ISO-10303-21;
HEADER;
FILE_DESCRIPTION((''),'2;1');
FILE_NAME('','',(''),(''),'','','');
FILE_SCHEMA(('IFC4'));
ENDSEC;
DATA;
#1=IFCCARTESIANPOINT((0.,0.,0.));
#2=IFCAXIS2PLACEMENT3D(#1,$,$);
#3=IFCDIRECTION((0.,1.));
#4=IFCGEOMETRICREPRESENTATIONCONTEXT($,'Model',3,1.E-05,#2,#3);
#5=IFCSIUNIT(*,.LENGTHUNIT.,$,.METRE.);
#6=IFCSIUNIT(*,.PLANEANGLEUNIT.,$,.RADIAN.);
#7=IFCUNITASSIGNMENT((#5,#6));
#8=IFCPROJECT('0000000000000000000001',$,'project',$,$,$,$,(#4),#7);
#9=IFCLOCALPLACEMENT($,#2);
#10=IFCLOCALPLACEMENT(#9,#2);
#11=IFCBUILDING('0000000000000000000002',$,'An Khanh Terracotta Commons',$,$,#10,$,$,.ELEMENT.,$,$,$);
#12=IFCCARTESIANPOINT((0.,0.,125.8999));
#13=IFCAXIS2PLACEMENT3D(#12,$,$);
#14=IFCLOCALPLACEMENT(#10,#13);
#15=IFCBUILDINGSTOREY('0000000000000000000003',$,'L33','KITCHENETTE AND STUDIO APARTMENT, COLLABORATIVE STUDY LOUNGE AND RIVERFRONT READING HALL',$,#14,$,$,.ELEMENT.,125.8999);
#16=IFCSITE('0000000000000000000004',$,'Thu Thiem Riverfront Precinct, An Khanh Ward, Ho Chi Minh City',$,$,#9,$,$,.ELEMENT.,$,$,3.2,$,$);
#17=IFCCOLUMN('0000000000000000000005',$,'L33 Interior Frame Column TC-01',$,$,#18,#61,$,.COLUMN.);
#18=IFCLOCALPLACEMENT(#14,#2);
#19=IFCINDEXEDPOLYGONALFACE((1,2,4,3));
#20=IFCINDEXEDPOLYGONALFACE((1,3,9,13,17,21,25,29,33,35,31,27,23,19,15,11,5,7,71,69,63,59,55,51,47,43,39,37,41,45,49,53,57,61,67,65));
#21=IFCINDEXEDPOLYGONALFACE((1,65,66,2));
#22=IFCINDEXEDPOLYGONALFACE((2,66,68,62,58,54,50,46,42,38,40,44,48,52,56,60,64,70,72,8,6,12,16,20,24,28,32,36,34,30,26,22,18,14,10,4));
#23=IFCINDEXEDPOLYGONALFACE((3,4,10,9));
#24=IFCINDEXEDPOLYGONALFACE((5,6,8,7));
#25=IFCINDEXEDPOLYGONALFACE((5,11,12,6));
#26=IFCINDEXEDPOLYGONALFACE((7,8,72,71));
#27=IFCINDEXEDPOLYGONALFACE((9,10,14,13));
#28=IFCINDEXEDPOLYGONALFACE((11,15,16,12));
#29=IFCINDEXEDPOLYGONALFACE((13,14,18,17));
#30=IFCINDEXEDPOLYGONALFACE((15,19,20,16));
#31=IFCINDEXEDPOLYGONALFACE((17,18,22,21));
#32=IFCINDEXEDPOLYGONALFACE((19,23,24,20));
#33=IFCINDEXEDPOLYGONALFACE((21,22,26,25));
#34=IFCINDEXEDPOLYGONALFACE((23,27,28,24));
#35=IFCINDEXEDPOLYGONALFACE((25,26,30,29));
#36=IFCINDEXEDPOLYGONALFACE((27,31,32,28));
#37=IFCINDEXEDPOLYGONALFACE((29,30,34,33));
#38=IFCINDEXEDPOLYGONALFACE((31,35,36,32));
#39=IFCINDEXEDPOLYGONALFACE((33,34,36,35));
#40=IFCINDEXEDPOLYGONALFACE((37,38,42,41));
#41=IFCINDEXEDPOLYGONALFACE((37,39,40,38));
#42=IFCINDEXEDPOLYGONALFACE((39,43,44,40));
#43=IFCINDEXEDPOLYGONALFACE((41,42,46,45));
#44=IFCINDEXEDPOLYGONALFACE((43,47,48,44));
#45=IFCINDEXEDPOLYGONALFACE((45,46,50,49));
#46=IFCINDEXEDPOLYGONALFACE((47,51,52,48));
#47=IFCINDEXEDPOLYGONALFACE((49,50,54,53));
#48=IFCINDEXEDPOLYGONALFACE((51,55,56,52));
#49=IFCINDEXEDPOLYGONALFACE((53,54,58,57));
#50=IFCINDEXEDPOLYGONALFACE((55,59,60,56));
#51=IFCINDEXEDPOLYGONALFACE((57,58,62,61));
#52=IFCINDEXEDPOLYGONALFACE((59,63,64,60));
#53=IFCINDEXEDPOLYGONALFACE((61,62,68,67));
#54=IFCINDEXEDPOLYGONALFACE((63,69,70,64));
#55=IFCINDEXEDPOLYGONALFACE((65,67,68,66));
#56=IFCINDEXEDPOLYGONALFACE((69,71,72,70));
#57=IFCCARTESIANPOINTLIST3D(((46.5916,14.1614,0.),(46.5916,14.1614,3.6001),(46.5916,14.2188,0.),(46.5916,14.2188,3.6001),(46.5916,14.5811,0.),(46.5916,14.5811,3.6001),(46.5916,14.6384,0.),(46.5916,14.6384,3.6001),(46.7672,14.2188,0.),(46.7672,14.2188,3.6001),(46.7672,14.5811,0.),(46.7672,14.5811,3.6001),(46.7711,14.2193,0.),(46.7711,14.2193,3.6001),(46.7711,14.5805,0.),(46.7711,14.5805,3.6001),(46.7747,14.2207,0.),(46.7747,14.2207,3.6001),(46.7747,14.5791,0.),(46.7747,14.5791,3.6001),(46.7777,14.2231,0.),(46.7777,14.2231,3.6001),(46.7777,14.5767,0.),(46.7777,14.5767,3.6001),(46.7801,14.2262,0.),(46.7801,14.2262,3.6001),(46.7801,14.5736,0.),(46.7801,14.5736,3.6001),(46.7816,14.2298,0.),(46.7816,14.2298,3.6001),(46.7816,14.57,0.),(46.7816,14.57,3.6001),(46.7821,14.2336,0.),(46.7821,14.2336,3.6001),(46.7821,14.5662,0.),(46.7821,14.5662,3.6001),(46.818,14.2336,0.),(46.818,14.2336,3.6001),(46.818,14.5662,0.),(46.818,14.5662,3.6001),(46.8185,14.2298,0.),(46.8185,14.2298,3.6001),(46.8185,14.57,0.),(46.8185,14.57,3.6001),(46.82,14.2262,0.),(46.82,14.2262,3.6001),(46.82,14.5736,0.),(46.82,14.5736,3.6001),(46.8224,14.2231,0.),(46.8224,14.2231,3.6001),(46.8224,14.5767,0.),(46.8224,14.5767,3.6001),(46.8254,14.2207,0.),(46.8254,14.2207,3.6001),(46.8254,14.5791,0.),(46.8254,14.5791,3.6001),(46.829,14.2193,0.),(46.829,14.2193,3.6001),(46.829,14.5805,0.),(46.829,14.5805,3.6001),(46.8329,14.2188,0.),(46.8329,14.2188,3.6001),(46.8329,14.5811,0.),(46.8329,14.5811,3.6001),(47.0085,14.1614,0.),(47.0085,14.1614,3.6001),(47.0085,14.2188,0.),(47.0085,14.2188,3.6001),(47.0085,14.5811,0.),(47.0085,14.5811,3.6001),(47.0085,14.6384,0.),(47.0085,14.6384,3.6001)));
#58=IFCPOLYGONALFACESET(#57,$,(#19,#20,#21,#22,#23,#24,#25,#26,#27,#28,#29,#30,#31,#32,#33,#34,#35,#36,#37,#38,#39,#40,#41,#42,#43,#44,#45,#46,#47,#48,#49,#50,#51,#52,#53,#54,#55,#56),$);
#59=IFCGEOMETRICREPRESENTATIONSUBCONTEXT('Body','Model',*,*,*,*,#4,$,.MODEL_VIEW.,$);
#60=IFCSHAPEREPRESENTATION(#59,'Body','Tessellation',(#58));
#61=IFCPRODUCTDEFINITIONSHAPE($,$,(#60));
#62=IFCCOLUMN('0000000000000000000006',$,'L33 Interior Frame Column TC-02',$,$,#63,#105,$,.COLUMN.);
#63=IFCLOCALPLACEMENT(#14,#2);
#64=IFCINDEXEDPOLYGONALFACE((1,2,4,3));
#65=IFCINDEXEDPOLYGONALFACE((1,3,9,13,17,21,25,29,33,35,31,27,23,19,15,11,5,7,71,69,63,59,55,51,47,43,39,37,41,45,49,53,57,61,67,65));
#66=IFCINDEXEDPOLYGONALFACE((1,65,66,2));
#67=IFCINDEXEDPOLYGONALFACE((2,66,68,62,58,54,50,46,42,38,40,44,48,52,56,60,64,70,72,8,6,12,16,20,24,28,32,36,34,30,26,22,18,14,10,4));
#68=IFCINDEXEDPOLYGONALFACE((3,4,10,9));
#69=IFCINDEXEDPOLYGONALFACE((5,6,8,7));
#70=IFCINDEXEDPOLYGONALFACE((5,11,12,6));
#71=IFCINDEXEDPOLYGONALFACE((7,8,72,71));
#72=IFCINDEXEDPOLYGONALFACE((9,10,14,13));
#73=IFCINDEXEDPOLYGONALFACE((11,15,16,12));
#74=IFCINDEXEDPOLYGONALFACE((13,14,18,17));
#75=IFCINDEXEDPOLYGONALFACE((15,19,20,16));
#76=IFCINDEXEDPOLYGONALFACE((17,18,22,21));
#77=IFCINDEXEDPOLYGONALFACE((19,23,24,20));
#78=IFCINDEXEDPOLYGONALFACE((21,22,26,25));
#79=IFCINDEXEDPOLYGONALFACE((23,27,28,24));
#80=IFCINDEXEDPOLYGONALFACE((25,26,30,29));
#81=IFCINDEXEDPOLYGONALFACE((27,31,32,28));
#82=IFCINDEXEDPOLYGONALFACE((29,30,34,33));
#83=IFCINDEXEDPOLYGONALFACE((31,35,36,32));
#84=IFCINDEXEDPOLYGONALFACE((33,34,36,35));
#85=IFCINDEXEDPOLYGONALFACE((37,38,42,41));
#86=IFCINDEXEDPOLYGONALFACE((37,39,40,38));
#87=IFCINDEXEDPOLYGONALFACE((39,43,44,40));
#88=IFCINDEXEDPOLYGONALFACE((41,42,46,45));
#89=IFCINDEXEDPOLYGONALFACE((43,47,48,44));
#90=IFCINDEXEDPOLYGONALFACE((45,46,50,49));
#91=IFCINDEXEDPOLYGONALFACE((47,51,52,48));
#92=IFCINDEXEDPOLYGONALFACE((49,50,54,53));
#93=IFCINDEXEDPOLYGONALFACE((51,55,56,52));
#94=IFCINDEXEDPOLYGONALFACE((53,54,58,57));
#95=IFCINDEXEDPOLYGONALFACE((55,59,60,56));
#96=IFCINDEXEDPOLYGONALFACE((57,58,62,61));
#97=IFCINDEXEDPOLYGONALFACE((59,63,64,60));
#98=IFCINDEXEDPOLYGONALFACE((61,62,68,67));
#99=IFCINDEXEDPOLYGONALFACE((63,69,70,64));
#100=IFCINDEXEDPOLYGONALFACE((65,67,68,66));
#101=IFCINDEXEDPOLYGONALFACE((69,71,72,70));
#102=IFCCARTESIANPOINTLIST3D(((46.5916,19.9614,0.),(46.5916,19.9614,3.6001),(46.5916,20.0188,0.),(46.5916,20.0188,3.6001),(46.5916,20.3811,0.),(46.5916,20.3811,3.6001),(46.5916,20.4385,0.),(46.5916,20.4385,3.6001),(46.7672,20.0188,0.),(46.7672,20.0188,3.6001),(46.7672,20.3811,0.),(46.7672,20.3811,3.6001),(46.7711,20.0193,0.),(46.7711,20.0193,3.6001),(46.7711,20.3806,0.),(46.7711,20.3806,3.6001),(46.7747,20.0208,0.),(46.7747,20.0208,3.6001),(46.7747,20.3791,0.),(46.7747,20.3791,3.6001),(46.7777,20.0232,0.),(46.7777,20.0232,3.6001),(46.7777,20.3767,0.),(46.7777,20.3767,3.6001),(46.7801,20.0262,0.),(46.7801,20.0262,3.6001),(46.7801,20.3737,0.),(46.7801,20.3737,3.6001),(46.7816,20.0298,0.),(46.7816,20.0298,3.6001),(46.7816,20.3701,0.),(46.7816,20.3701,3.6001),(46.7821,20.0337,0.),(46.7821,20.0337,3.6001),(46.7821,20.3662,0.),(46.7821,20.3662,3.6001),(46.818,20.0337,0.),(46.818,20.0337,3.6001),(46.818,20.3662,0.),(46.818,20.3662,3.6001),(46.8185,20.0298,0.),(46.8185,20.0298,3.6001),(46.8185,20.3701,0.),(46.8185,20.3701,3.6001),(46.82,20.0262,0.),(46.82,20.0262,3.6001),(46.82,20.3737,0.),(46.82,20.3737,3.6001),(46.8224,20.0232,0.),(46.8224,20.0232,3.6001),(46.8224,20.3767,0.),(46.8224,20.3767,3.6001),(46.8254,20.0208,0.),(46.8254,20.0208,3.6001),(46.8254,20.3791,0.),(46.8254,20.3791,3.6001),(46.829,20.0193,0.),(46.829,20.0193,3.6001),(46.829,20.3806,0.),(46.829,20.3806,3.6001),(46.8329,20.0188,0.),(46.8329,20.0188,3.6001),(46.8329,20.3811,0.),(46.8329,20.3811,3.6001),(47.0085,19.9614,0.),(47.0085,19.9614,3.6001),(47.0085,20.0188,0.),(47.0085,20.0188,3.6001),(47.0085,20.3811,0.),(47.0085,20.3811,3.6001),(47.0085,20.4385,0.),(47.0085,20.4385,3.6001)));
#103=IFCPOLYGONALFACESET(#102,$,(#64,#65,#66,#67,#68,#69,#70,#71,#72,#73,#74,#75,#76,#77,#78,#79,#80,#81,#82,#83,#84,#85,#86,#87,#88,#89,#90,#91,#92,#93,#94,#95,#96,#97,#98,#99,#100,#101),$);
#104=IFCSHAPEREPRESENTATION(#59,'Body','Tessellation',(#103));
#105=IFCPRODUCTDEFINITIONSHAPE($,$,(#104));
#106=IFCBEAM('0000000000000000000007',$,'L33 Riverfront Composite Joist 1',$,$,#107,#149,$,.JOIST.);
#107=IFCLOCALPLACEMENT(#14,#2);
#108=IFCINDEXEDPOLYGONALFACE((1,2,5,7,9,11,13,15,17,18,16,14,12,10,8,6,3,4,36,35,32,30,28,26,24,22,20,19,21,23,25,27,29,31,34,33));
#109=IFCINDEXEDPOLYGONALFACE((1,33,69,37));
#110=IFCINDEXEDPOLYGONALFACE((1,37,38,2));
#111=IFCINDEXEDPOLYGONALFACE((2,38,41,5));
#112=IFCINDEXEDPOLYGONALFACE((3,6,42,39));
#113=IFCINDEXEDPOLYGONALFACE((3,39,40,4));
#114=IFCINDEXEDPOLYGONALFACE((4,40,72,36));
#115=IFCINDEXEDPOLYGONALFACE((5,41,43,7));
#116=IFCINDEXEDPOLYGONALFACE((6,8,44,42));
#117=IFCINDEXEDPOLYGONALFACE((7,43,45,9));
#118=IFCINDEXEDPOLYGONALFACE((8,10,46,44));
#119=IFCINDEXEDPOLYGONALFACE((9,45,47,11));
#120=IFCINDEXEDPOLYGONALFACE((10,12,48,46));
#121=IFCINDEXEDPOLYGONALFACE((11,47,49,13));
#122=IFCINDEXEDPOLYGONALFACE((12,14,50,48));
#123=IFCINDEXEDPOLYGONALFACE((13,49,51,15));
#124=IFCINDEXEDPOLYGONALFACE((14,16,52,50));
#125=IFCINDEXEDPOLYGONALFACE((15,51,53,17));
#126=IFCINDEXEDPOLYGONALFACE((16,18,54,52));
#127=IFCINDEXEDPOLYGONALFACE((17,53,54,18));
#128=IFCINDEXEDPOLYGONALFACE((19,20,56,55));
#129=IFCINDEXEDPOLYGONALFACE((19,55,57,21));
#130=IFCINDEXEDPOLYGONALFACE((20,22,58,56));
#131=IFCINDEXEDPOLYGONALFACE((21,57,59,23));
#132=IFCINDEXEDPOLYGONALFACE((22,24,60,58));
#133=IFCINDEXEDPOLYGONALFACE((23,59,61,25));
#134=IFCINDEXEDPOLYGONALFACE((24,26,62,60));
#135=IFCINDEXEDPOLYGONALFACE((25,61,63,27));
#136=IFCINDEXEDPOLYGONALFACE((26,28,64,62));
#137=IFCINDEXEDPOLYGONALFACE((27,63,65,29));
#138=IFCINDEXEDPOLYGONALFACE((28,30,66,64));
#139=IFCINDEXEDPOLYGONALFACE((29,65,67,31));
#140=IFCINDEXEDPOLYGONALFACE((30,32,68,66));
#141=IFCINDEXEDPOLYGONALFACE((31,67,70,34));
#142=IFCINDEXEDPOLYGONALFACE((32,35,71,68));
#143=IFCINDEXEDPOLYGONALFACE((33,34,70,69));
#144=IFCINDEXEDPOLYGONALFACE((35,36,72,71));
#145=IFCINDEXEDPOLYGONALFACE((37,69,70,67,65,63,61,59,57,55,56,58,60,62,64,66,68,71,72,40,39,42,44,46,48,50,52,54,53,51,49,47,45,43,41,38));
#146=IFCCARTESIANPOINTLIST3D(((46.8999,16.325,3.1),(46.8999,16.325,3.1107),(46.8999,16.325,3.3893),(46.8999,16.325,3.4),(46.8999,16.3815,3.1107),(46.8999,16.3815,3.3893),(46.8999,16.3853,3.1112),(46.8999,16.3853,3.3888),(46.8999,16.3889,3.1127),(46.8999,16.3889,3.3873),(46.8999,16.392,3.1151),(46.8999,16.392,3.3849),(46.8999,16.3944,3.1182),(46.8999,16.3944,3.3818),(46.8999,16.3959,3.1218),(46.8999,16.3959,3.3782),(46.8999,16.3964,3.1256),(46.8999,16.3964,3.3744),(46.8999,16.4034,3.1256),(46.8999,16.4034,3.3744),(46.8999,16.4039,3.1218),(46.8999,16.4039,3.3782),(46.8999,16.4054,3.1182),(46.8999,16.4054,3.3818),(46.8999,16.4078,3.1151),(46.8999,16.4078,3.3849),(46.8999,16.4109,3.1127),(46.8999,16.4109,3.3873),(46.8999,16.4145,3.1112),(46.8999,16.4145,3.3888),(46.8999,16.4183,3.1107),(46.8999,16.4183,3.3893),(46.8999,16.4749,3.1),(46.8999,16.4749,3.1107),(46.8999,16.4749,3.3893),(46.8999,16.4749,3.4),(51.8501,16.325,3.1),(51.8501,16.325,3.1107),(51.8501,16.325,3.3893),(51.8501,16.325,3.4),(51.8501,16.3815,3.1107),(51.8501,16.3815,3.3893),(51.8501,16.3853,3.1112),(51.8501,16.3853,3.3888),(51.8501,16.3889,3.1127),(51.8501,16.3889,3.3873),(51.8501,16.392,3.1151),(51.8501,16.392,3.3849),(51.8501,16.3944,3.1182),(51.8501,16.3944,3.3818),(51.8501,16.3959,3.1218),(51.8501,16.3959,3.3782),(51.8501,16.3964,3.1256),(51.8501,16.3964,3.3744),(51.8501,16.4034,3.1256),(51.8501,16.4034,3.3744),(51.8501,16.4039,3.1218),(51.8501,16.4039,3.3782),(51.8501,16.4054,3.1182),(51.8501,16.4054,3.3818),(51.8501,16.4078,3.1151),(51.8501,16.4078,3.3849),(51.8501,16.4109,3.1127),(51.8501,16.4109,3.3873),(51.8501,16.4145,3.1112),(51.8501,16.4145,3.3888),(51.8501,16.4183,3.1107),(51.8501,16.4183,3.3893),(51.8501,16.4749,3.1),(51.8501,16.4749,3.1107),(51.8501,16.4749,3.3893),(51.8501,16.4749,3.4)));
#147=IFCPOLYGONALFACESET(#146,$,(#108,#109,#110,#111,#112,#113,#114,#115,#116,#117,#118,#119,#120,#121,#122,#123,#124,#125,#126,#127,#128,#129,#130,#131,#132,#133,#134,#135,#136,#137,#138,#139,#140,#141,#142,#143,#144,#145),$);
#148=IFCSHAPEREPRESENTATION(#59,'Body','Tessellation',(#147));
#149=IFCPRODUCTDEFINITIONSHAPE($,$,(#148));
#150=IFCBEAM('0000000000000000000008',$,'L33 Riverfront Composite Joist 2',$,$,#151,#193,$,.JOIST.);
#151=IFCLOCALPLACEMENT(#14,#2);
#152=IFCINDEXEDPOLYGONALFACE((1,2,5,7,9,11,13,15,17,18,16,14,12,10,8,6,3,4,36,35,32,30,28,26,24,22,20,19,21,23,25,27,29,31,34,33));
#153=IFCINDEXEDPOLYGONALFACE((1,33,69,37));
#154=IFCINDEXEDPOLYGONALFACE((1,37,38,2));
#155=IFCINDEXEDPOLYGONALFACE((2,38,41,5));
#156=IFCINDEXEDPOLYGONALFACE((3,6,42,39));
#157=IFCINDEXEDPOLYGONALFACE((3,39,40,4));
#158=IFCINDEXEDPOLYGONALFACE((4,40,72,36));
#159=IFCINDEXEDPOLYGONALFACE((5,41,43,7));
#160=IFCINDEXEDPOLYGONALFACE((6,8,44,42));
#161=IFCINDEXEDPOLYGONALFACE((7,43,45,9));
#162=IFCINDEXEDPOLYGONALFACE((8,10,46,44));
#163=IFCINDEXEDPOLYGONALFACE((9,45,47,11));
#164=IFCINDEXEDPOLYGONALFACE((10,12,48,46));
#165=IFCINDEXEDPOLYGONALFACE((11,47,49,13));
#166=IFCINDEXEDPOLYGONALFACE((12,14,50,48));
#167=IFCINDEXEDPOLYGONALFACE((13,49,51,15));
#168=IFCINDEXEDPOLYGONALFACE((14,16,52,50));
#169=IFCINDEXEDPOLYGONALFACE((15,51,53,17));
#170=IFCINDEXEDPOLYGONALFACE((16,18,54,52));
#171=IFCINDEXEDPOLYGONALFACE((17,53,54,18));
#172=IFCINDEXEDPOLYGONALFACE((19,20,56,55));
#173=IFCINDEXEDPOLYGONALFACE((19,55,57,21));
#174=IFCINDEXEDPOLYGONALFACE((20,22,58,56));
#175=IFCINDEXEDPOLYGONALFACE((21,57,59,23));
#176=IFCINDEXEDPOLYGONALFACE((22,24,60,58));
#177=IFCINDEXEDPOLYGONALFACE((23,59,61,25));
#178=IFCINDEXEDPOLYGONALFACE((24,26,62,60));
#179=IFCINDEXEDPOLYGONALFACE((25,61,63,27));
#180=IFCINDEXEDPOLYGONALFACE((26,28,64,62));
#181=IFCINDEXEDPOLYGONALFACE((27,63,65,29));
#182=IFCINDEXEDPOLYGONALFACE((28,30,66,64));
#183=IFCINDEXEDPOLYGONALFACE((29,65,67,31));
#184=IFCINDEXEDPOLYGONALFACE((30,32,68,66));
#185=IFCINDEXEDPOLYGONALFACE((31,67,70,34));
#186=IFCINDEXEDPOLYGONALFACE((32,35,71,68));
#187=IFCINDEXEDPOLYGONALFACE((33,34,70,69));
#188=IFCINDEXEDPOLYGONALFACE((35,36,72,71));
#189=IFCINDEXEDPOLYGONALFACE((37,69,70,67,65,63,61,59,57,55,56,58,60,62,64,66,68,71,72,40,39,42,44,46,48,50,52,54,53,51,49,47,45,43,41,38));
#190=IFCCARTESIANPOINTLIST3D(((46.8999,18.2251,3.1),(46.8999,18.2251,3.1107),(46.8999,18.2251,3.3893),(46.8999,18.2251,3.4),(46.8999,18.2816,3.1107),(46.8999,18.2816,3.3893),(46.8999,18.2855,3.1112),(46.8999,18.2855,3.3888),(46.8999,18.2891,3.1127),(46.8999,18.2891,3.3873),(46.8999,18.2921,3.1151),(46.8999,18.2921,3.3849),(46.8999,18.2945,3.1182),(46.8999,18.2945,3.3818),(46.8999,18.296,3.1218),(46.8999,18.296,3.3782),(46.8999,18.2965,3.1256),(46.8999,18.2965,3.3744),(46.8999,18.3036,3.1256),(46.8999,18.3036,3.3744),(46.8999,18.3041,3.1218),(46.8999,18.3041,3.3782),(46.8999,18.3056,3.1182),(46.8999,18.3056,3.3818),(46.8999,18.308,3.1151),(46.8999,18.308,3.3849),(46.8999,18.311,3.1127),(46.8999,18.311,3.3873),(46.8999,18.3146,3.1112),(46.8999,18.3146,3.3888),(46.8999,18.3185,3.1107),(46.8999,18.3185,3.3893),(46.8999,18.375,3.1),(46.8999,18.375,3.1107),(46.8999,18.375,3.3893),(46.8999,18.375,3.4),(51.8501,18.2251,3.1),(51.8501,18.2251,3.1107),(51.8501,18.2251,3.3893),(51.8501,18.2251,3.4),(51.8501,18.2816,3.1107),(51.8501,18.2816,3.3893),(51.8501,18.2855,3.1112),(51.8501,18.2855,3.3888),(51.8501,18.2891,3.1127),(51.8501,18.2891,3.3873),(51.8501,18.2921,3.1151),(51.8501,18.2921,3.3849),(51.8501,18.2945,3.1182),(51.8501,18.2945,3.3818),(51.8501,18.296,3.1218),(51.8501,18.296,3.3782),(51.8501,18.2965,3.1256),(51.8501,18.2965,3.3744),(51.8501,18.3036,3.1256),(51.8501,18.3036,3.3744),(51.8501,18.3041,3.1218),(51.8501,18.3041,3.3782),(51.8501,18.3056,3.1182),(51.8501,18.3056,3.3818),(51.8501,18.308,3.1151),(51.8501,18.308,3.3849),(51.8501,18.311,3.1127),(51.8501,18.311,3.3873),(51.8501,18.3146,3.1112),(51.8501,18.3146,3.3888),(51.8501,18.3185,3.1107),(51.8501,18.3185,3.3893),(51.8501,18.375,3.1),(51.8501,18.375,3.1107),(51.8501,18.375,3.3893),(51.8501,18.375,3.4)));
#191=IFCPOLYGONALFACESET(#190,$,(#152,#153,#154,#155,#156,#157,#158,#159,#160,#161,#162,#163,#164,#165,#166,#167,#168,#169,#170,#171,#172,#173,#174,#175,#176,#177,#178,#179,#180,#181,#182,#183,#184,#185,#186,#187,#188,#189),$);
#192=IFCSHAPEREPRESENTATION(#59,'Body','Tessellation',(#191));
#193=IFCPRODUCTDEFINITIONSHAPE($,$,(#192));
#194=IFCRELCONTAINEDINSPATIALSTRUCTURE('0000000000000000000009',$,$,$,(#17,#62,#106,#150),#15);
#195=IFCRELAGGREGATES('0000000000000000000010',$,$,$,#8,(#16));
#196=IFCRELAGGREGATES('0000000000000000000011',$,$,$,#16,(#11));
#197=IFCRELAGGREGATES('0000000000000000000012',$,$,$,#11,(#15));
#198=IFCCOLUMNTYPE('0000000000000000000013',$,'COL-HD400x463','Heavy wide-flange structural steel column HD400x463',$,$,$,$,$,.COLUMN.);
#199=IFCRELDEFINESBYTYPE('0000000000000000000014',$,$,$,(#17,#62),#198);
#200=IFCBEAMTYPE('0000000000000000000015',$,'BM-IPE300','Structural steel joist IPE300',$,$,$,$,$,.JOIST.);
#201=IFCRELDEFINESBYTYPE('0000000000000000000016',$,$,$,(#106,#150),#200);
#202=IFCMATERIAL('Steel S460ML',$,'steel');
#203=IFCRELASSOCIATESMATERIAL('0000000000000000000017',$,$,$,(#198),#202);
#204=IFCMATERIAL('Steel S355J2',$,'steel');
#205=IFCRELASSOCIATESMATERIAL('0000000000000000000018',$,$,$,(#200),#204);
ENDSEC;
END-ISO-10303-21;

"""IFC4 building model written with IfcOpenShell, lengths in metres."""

from ifc_helpers import new_model, si_unit, direction, frame, origin, origin_2d, place, context, subcontext, project, spatial, i_section, extrude, material, material_profile, profile_set, type_object, element, save


model = new_model("IFC4")

# Units and contexts
model_context = context("Model", 3, precision=1e-05, world=origin(), true_north=direction((0.0, 1.0)))
body_context = subcontext(model_context, "Body", "Model", "MODEL_VIEW")
ifc_project = project(units=[si_unit("LENGTHUNIT", "METRE"), si_unit("PLANEANGLEUNIT", "RADIAN")], contexts=[model_context])

# Site, building, storey
site_placement = place(None, origin())
site = spatial("IfcSite", under=ifc_project, at=site_placement, Name="Thu Thiem Riverfront Precinct, An Khanh Ward, Ho Chi Minh City", CompositionType="ELEMENT", RefElevation=3.2)
building_placement = place(site_placement, origin())
building = spatial("IfcBuilding", under=site, at=building_placement, Name="An Khanh Terracotta Commons", CompositionType="ELEMENT")
storey_placement = place(building_placement, frame((0.0, 0.0, 125.8999)))
storey = spatial("IfcBuildingStorey", under=building, at=storey_placement, Name="L33", Description="KITCHENETTE AND STUDIO APARTMENT, COLLABORATIVE STUDY LOUNGE AND RIVERFRONT READING HALL", CompositionType="ELEMENT", Elevation=125.8999)

# Columns
ifc_material_1 = material(Name="Steel S460ML", Category="steel")
ifc_material_profile_1 = material_profile(ifc_material_1, i_section(OverallWidth=0.417, OverallDepth=0.4771, WebThickness=0.0359, FlangeThickness=0.0574, FilletRadius=0.0149, at=origin_2d()), Name="HD400x463")
ifc_profile_set_1 = profile_set([ifc_material_profile_1], Name="Steel S460ML")
column_type = type_object("IfcColumnType", Name="COL-HD400x463", Description="Heavy wide-flange structural steel column HD400x463", PredefinedType="COLUMN", material=ifc_profile_set_1)
for number, where, z_axis, x_axis, name in (
    (1, (46.8, 14.3999, 0.0), (0.0, 0.0, 1.0), (1.0, 0.0, 0.0), "L33 Interior Frame Column TC-01"),
    (2, (46.8, 20.2, 0.0), (0.0, 0.0, 1.0), (1.0, 0.0, 0.0), "L33 Interior Frame Column TC-02"),
):
    element("IfcColumn", number, at=place(storey_placement, frame(where, z_axis=z_axis, x_axis=x_axis)), inside=storey, type_object=column_type, Name=name, PredefinedType="COLUMN", context=body_context, shape_type="SweptSolid", body=[
        extrude(i_section(OverallWidth=0.417, OverallDepth=0.4771, WebThickness=0.0359, FlangeThickness=0.0574, FilletRadius=0.0149, at=origin_2d()), origin(), (0.0, 0.0, 1.0), 3.6001),
    ])

# Beams
ifc_material_2 = material(Name="Steel S355J2", Category="steel")
ifc_material_profile_2 = material_profile(ifc_material_2, i_section(OverallWidth=0.1499, OverallDepth=0.3, WebThickness=0.0071, FlangeThickness=0.0107, FilletRadius=0.0149, at=origin_2d()), Name="IPE300")
ifc_profile_set_2 = profile_set([ifc_material_profile_2], Name="Steel S355J2")
beam_type_1 = type_object("IfcBeamType", Name="BM-IPE300", Description="Structural steel joist IPE300", PredefinedType="JOIST", material=ifc_profile_set_2)
for number, where, z_axis, x_axis, name in (
    (3, (46.8999, 16.3999, 3.25), (1.0, 0.0, 0.0), (0.0, 1.0, 0.0), "L33 Riverfront Composite Joist 1"),
    (4, (46.8999, 18.3, 3.25), (1.0, 0.0, 0.0), (0.0, 1.0, 0.0), "L33 Riverfront Composite Joist 2"),
):
    element("IfcBeam", number, at=place(storey_placement, frame(where, z_axis=z_axis, x_axis=x_axis)), inside=storey, type_object=beam_type_1, Name=name, PredefinedType="JOIST", context=body_context, shape_type="SweptSolid", body=[
        extrude(i_section(OverallWidth=0.1499, OverallDepth=0.3, WebThickness=0.0071, FlangeThickness=0.0107, FilletRadius=0.0149, at=origin_2d()), origin(), (0.0, 0.0, 1.0), 4.9502),
    ])

save(model, "model.ifc")
